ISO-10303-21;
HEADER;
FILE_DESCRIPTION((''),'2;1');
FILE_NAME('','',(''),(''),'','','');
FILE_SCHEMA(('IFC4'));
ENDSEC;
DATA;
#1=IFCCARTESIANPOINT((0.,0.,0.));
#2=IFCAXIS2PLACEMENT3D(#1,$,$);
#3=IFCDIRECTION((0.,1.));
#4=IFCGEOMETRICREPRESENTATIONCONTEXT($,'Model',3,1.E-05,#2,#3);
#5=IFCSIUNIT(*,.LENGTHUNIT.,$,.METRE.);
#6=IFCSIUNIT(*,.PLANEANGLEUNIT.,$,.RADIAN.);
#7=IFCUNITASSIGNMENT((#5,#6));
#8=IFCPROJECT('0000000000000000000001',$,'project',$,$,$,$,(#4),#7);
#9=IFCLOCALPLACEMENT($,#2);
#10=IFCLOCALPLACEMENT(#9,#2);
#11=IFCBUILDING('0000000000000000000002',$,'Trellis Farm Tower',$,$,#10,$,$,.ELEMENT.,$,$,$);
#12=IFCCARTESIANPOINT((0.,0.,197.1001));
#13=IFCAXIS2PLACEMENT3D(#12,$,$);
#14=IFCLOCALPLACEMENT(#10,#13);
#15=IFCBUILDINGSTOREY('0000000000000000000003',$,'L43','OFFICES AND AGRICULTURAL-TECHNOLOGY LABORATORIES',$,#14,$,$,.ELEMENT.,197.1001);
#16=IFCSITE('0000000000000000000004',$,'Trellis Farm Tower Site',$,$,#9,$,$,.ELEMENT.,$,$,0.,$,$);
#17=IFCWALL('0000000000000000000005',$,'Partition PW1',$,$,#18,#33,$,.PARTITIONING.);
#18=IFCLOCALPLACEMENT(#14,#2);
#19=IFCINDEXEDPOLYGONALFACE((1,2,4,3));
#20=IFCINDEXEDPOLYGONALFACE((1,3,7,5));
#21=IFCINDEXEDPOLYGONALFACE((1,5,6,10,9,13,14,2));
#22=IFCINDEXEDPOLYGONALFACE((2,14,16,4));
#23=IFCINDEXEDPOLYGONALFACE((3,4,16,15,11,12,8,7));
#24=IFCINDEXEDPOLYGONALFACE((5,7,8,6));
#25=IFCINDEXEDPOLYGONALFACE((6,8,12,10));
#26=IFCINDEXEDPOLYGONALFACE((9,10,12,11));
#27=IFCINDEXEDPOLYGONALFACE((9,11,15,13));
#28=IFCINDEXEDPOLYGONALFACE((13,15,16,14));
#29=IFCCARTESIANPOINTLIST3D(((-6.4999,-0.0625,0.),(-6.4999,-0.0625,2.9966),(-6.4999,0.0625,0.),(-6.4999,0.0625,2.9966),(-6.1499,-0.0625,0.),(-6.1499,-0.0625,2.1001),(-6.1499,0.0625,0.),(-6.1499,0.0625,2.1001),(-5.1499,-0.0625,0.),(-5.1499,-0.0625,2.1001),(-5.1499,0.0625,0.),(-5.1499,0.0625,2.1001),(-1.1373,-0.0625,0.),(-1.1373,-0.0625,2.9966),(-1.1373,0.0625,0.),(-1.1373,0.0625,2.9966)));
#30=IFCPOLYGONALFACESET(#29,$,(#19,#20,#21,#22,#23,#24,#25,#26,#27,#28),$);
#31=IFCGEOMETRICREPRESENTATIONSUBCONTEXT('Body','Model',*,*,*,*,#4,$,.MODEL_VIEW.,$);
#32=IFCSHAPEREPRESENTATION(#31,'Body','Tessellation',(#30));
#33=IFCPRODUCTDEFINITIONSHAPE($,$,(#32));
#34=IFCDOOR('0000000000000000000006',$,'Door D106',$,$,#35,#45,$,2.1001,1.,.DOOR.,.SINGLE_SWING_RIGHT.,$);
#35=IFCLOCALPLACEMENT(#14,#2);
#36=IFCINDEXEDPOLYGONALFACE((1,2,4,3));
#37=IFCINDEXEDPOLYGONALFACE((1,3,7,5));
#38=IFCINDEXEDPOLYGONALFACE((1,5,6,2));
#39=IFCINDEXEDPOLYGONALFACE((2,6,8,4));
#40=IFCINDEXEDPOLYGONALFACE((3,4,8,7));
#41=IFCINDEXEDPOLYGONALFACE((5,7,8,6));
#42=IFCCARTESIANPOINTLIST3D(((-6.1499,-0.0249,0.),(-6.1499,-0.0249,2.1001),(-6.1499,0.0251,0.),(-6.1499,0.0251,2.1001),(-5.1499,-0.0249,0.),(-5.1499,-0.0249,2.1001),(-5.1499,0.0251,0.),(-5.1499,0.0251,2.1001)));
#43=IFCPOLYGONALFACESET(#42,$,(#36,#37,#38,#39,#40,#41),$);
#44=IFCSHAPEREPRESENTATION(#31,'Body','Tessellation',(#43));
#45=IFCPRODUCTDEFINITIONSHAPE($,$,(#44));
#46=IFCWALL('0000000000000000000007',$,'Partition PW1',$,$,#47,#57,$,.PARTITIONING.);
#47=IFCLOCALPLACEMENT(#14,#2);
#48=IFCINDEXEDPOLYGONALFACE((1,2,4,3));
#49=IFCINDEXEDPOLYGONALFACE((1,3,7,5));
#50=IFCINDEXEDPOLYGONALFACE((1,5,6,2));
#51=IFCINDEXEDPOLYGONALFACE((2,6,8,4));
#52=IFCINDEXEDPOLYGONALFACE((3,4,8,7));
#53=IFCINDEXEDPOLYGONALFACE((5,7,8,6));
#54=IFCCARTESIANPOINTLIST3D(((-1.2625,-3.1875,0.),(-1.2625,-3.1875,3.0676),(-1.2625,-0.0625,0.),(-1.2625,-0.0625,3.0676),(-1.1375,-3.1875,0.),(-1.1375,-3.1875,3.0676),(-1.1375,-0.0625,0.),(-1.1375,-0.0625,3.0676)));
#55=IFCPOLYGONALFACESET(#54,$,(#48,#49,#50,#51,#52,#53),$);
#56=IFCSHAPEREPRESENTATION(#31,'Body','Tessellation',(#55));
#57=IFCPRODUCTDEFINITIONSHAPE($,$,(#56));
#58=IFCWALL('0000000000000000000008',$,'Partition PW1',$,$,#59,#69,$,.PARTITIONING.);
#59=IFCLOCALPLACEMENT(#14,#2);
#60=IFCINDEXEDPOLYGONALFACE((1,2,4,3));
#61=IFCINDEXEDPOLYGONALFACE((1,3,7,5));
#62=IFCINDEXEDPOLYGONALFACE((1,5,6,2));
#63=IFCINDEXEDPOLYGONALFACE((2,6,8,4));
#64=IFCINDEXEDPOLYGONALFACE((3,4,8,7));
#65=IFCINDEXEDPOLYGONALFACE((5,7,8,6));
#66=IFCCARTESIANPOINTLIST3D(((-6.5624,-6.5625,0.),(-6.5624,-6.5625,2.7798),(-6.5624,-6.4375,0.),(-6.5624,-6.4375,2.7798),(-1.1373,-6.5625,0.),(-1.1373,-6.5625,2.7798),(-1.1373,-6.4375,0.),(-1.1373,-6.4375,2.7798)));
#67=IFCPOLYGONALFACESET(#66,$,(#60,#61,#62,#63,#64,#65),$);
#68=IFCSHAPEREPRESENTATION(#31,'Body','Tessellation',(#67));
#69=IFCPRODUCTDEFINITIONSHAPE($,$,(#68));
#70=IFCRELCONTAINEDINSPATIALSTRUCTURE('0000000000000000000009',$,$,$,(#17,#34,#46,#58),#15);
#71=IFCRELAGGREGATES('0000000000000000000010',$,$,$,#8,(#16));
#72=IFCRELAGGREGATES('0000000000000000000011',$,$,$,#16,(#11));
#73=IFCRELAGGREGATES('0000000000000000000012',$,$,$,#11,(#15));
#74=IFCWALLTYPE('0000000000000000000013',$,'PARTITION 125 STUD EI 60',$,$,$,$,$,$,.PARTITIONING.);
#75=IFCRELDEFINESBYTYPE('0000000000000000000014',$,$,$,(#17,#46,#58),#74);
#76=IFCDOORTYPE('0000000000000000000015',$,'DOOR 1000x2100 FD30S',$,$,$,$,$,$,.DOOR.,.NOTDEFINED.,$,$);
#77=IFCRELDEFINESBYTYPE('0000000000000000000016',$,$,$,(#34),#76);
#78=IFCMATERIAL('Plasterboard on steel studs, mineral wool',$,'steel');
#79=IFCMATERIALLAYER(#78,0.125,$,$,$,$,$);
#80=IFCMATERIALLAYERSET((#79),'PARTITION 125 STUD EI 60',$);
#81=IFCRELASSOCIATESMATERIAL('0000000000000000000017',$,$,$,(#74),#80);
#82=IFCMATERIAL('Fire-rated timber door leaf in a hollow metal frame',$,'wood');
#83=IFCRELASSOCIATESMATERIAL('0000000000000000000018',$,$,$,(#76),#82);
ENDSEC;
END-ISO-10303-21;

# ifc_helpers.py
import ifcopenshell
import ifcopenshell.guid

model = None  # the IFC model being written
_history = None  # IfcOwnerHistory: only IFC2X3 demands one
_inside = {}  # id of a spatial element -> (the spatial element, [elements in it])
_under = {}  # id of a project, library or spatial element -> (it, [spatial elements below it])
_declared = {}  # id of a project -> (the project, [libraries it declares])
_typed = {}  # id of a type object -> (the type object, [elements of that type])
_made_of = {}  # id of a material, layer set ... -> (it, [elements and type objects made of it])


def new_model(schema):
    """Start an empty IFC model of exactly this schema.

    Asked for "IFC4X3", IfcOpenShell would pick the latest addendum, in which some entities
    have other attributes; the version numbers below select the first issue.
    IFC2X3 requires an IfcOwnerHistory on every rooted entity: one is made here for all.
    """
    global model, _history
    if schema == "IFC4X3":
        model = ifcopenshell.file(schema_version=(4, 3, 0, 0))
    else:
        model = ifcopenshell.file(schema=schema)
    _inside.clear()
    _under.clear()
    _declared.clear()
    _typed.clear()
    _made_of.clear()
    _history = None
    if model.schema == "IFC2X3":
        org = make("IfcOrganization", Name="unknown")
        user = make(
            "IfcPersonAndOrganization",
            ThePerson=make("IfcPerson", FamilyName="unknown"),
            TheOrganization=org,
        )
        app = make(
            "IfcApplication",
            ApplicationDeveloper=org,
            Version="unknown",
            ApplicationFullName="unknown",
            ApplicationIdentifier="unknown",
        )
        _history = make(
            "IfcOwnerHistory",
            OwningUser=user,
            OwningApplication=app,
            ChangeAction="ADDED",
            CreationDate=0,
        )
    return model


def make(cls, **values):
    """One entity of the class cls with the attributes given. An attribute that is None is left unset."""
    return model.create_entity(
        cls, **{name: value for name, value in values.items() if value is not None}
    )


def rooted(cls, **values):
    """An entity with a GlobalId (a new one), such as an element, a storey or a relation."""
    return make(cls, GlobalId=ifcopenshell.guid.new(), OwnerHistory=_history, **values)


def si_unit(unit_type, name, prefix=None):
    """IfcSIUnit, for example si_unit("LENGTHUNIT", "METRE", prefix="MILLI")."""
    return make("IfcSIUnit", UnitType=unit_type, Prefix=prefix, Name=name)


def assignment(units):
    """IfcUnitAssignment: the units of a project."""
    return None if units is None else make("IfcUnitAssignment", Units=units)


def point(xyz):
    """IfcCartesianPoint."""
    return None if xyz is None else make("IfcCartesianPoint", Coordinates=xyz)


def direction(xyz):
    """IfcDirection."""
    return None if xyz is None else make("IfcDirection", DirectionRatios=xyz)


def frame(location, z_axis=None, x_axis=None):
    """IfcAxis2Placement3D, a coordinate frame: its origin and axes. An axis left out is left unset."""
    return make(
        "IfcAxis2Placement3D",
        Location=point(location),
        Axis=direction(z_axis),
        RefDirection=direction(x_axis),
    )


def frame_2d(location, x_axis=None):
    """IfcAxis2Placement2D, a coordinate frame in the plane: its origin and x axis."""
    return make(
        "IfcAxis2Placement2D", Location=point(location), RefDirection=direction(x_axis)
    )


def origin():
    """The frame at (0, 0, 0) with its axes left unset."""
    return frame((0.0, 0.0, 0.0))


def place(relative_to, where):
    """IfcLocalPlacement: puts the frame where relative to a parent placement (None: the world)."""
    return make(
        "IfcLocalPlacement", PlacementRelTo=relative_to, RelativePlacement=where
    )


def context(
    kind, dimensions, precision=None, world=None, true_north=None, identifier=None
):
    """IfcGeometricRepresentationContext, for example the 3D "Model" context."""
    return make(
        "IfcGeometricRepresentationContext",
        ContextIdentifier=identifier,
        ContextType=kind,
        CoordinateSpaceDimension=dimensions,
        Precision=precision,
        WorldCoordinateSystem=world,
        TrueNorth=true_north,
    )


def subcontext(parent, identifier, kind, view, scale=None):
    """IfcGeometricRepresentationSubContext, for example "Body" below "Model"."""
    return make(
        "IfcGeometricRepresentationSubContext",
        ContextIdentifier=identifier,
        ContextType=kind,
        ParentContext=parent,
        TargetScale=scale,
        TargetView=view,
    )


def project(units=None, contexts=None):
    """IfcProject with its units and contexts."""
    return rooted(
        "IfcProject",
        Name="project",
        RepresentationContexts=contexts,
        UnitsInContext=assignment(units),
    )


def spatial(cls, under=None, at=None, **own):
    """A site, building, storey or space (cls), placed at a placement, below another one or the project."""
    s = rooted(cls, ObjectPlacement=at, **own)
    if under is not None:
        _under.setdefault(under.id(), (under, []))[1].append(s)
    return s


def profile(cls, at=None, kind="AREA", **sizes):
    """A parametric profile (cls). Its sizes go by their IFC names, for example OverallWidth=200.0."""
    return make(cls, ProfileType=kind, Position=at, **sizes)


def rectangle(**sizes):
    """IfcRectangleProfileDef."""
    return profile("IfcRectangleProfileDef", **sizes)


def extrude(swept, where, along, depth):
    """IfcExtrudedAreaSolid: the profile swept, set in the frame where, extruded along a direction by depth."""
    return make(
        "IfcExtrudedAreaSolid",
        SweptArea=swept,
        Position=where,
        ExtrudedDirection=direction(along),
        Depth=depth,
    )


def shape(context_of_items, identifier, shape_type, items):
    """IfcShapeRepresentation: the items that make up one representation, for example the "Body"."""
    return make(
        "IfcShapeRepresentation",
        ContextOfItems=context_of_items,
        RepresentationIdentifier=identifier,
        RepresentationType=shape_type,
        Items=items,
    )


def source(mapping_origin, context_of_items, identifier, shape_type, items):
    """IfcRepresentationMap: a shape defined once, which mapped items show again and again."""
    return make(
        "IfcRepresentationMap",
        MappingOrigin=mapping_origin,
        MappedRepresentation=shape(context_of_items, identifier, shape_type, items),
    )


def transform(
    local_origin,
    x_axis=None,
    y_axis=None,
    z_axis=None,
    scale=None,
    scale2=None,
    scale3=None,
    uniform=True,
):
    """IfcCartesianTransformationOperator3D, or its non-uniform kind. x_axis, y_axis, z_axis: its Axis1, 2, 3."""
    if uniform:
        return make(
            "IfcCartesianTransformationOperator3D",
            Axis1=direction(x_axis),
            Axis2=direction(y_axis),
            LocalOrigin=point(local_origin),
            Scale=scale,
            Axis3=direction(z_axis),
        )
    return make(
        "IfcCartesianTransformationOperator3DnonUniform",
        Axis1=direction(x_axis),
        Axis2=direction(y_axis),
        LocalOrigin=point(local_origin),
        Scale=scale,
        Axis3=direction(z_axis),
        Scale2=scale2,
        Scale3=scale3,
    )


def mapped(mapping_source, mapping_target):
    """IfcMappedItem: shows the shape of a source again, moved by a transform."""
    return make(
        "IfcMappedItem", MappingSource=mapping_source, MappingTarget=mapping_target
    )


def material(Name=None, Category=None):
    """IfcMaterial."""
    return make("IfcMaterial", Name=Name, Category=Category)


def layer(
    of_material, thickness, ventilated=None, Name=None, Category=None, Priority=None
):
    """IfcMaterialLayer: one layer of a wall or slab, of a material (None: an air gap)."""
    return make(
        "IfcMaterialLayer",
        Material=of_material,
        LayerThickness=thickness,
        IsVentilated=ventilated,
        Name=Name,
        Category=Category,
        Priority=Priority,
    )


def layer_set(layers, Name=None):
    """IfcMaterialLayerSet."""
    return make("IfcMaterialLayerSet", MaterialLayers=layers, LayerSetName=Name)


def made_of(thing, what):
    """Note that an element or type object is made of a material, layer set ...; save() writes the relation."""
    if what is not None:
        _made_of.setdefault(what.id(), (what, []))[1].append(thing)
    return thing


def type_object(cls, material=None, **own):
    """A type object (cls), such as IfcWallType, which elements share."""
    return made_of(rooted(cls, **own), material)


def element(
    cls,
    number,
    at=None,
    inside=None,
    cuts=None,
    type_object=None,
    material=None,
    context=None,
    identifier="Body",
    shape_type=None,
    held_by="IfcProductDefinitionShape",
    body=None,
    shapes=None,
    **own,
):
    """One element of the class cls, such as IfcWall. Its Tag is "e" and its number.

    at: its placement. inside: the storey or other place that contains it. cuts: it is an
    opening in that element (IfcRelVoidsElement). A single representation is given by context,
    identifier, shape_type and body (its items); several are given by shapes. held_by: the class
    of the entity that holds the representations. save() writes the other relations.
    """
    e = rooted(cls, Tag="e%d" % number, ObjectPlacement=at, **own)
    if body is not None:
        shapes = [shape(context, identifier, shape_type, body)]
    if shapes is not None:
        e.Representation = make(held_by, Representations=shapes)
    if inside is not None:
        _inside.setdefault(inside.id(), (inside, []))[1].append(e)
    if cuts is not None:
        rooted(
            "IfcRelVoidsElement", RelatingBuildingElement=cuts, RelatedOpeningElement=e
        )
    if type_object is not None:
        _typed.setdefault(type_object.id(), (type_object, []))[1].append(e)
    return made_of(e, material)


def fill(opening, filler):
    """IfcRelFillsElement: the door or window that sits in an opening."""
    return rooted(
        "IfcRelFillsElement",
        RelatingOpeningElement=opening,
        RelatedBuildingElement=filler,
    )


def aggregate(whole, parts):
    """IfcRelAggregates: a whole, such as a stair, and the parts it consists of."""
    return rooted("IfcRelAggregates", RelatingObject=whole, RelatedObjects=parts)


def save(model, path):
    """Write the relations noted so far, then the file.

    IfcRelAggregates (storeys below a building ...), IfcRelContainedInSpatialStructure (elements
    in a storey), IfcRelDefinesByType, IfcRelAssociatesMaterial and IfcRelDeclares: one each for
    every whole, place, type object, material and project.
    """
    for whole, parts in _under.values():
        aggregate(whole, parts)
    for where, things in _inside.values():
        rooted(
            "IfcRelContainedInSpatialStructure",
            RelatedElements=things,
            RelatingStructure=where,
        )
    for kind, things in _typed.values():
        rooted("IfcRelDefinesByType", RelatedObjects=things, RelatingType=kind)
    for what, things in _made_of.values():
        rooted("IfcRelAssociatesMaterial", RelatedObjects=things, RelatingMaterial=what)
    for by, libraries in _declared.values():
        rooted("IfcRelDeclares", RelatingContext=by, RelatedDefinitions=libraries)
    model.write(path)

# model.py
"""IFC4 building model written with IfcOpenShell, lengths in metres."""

from ifc_helpers import new_model, si_unit, direction, frame, frame_2d, origin, place, context, subcontext, project, spatial, rectangle, extrude, source, transform, mapped, material, layer, layer_set, type_object, element, fill, save


model = new_model("IFC4")

# Units and contexts
model_context = context("Model", 3, precision=1e-05, world=origin(), true_north=direction((0.0, 1.0)))
body_context = subcontext(model_context, "Body", "Model", "MODEL_VIEW")
ifc_project = project(units=[si_unit("LENGTHUNIT", "METRE"), si_unit("PLANEANGLEUNIT", "RADIAN")], contexts=[model_context])

# Site, building, storey
site_placement = place(None, origin())
site = spatial("IfcSite", under=ifc_project, at=site_placement, Name="Trellis Farm Tower Site", CompositionType="ELEMENT", RefElevation=0.0)
building_placement = place(site_placement, origin())
building = spatial("IfcBuilding", under=site, at=building_placement, Name="Trellis Farm Tower", CompositionType="ELEMENT")
storey_placement = place(building_placement, frame((0.0, 0.0, 197.1001)))
storey = spatial("IfcBuildingStorey", under=building, at=storey_placement, Name="L43", Description="OFFICES AND AGRICULTURAL-TECHNOLOGY LABORATORIES", CompositionType="ELEMENT", Elevation=197.1001)

# Wall, opening, door
ifc_material_1 = material(Name="Plasterboard on steel studs, mineral wool", Category="steel")
ifc_layer_1 = layer(ifc_material_1, 0.125)
ifc_layer_set_1 = layer_set([ifc_layer_1], Name="PARTITION 125 STUD EI 60")
wall_type = type_object("IfcWallType", Name="PARTITION 125 STUD EI 60", PredefinedType="PARTITIONING", material=ifc_layer_set_1)
shared_shape_1 = source(origin(), body_context, "Body", "SweptSolid", [
    extrude(rectangle(XDim=5.3625, YDim=0.125, at=frame_2d((2.6812, 0.0))), origin(), (0.0, 0.0, 1.0), 2.9966),
])
shared_shape_2 = source(origin(), body_context, "Body", "SweptSolid", [
    extrude(rectangle(XDim=1.0, YDim=2.1001, at=frame_2d((0.5, 1.05))), frame((0.0, 0.0725, 0.0), z_axis=(0.0, -1.0, 0.0), x_axis=(1.0, 0.0, 0.0)), (0.0, 0.0, 1.0), 0.145),
])
ifc_material_2 = material(Name="Fire-rated timber door leaf in a hollow metal frame", Category="wood")
door_type = type_object("IfcDoorType", Name="DOOR 1000x2100 FD30S", OperationType="NOTDEFINED", PredefinedType="DOOR", material=ifc_material_2)
shared_shape_3 = source(origin(), body_context, "Body", "SweptSolid", [
    extrude(rectangle(XDim=1.0, YDim=2.1001, at=frame_2d((0.5, 1.05))), frame((0.0, 0.0249, 0.0), z_axis=(0.0, -1.0, 0.0), x_axis=(1.0, 0.0, 0.0)), (0.0, 0.0, 1.0), 0.05),
])
wall_1_placement = place(storey_placement, frame((-1.1375, 0.0, 0.0), z_axis=(0.0, 0.0, 1.0), x_axis=(-1.0, 0.0, 0.0)))
wall_1 = element("IfcWall", 1, at=wall_1_placement, inside=storey, type_object=wall_type, Name="Partition PW1", PredefinedType="PARTITIONING", context=body_context, shape_type="MappedRepresentation", body=[
    mapped(shared_shape_1, transform((0.0, 0.0, 0.0))),
])
opening_1_placement = place(wall_1_placement, frame((4.0125, 0.0, 0.0)))
opening_1 = element("IfcOpeningElement", 2, at=opening_1_placement, cuts=wall_1, PredefinedType="OPENING", context=body_context, shape_type="MappedRepresentation", body=[
    mapped(shared_shape_2, transform((0.0, 0.0, 0.0))),
])
door_1_placement = place(opening_1_placement, origin())
door_1 = element("IfcDoor", 3, at=door_1_placement, inside=storey, type_object=door_type, Name="Door D106", OperationType="SINGLE_SWING_RIGHT", OverallHeight=2.1001, OverallWidth=1.0, PredefinedType="DOOR", context=body_context, shape_type="MappedRepresentation", body=[
    mapped(shared_shape_3, transform((0.0, 0.0, 0.0))),
])
fill(opening_1, door_1)

# Walls
shared_shape_4 = source(origin(), body_context, "Body", "SweptSolid", [
    extrude(rectangle(XDim=3.125, YDim=0.125, at=frame_2d((1.5625, 0.0))), origin(), (0.0, 0.0, 1.0), 3.0676),
])
wall_2_placement = place(storey_placement, frame((-1.2, -0.0625, 0.0), z_axis=(0.0, 0.0, 1.0), x_axis=(0.0, -1.0, 0.0)))
element("IfcWall", 4, at=wall_2_placement, inside=storey, type_object=wall_type, Name="Partition PW1", PredefinedType="PARTITIONING", context=body_context, shape_type="MappedRepresentation", body=[
    mapped(shared_shape_4, transform((0.0, 0.0, 0.0))),
])
shared_shape_5 = source(origin(), body_context, "Body", "SweptSolid", [
    extrude(rectangle(XDim=5.425, YDim=0.125, at=frame_2d((2.7124, 0.0))), origin(), (0.0, 0.0, 1.0), 2.7798),
])
wall_3_placement = place(storey_placement, frame((-1.1375, -6.5, 0.0), z_axis=(0.0, 0.0, 1.0), x_axis=(-1.0, 0.0, 0.0)))
element("IfcWall", 5, at=wall_3_placement, inside=storey, type_object=wall_type, Name="Partition PW1", PredefinedType="PARTITIONING", context=body_context, shape_type="MappedRepresentation", body=[
    mapped(shared_shape_5, transform((0.0, 0.0, 0.0))),
])

save(model, "model.ifc")
